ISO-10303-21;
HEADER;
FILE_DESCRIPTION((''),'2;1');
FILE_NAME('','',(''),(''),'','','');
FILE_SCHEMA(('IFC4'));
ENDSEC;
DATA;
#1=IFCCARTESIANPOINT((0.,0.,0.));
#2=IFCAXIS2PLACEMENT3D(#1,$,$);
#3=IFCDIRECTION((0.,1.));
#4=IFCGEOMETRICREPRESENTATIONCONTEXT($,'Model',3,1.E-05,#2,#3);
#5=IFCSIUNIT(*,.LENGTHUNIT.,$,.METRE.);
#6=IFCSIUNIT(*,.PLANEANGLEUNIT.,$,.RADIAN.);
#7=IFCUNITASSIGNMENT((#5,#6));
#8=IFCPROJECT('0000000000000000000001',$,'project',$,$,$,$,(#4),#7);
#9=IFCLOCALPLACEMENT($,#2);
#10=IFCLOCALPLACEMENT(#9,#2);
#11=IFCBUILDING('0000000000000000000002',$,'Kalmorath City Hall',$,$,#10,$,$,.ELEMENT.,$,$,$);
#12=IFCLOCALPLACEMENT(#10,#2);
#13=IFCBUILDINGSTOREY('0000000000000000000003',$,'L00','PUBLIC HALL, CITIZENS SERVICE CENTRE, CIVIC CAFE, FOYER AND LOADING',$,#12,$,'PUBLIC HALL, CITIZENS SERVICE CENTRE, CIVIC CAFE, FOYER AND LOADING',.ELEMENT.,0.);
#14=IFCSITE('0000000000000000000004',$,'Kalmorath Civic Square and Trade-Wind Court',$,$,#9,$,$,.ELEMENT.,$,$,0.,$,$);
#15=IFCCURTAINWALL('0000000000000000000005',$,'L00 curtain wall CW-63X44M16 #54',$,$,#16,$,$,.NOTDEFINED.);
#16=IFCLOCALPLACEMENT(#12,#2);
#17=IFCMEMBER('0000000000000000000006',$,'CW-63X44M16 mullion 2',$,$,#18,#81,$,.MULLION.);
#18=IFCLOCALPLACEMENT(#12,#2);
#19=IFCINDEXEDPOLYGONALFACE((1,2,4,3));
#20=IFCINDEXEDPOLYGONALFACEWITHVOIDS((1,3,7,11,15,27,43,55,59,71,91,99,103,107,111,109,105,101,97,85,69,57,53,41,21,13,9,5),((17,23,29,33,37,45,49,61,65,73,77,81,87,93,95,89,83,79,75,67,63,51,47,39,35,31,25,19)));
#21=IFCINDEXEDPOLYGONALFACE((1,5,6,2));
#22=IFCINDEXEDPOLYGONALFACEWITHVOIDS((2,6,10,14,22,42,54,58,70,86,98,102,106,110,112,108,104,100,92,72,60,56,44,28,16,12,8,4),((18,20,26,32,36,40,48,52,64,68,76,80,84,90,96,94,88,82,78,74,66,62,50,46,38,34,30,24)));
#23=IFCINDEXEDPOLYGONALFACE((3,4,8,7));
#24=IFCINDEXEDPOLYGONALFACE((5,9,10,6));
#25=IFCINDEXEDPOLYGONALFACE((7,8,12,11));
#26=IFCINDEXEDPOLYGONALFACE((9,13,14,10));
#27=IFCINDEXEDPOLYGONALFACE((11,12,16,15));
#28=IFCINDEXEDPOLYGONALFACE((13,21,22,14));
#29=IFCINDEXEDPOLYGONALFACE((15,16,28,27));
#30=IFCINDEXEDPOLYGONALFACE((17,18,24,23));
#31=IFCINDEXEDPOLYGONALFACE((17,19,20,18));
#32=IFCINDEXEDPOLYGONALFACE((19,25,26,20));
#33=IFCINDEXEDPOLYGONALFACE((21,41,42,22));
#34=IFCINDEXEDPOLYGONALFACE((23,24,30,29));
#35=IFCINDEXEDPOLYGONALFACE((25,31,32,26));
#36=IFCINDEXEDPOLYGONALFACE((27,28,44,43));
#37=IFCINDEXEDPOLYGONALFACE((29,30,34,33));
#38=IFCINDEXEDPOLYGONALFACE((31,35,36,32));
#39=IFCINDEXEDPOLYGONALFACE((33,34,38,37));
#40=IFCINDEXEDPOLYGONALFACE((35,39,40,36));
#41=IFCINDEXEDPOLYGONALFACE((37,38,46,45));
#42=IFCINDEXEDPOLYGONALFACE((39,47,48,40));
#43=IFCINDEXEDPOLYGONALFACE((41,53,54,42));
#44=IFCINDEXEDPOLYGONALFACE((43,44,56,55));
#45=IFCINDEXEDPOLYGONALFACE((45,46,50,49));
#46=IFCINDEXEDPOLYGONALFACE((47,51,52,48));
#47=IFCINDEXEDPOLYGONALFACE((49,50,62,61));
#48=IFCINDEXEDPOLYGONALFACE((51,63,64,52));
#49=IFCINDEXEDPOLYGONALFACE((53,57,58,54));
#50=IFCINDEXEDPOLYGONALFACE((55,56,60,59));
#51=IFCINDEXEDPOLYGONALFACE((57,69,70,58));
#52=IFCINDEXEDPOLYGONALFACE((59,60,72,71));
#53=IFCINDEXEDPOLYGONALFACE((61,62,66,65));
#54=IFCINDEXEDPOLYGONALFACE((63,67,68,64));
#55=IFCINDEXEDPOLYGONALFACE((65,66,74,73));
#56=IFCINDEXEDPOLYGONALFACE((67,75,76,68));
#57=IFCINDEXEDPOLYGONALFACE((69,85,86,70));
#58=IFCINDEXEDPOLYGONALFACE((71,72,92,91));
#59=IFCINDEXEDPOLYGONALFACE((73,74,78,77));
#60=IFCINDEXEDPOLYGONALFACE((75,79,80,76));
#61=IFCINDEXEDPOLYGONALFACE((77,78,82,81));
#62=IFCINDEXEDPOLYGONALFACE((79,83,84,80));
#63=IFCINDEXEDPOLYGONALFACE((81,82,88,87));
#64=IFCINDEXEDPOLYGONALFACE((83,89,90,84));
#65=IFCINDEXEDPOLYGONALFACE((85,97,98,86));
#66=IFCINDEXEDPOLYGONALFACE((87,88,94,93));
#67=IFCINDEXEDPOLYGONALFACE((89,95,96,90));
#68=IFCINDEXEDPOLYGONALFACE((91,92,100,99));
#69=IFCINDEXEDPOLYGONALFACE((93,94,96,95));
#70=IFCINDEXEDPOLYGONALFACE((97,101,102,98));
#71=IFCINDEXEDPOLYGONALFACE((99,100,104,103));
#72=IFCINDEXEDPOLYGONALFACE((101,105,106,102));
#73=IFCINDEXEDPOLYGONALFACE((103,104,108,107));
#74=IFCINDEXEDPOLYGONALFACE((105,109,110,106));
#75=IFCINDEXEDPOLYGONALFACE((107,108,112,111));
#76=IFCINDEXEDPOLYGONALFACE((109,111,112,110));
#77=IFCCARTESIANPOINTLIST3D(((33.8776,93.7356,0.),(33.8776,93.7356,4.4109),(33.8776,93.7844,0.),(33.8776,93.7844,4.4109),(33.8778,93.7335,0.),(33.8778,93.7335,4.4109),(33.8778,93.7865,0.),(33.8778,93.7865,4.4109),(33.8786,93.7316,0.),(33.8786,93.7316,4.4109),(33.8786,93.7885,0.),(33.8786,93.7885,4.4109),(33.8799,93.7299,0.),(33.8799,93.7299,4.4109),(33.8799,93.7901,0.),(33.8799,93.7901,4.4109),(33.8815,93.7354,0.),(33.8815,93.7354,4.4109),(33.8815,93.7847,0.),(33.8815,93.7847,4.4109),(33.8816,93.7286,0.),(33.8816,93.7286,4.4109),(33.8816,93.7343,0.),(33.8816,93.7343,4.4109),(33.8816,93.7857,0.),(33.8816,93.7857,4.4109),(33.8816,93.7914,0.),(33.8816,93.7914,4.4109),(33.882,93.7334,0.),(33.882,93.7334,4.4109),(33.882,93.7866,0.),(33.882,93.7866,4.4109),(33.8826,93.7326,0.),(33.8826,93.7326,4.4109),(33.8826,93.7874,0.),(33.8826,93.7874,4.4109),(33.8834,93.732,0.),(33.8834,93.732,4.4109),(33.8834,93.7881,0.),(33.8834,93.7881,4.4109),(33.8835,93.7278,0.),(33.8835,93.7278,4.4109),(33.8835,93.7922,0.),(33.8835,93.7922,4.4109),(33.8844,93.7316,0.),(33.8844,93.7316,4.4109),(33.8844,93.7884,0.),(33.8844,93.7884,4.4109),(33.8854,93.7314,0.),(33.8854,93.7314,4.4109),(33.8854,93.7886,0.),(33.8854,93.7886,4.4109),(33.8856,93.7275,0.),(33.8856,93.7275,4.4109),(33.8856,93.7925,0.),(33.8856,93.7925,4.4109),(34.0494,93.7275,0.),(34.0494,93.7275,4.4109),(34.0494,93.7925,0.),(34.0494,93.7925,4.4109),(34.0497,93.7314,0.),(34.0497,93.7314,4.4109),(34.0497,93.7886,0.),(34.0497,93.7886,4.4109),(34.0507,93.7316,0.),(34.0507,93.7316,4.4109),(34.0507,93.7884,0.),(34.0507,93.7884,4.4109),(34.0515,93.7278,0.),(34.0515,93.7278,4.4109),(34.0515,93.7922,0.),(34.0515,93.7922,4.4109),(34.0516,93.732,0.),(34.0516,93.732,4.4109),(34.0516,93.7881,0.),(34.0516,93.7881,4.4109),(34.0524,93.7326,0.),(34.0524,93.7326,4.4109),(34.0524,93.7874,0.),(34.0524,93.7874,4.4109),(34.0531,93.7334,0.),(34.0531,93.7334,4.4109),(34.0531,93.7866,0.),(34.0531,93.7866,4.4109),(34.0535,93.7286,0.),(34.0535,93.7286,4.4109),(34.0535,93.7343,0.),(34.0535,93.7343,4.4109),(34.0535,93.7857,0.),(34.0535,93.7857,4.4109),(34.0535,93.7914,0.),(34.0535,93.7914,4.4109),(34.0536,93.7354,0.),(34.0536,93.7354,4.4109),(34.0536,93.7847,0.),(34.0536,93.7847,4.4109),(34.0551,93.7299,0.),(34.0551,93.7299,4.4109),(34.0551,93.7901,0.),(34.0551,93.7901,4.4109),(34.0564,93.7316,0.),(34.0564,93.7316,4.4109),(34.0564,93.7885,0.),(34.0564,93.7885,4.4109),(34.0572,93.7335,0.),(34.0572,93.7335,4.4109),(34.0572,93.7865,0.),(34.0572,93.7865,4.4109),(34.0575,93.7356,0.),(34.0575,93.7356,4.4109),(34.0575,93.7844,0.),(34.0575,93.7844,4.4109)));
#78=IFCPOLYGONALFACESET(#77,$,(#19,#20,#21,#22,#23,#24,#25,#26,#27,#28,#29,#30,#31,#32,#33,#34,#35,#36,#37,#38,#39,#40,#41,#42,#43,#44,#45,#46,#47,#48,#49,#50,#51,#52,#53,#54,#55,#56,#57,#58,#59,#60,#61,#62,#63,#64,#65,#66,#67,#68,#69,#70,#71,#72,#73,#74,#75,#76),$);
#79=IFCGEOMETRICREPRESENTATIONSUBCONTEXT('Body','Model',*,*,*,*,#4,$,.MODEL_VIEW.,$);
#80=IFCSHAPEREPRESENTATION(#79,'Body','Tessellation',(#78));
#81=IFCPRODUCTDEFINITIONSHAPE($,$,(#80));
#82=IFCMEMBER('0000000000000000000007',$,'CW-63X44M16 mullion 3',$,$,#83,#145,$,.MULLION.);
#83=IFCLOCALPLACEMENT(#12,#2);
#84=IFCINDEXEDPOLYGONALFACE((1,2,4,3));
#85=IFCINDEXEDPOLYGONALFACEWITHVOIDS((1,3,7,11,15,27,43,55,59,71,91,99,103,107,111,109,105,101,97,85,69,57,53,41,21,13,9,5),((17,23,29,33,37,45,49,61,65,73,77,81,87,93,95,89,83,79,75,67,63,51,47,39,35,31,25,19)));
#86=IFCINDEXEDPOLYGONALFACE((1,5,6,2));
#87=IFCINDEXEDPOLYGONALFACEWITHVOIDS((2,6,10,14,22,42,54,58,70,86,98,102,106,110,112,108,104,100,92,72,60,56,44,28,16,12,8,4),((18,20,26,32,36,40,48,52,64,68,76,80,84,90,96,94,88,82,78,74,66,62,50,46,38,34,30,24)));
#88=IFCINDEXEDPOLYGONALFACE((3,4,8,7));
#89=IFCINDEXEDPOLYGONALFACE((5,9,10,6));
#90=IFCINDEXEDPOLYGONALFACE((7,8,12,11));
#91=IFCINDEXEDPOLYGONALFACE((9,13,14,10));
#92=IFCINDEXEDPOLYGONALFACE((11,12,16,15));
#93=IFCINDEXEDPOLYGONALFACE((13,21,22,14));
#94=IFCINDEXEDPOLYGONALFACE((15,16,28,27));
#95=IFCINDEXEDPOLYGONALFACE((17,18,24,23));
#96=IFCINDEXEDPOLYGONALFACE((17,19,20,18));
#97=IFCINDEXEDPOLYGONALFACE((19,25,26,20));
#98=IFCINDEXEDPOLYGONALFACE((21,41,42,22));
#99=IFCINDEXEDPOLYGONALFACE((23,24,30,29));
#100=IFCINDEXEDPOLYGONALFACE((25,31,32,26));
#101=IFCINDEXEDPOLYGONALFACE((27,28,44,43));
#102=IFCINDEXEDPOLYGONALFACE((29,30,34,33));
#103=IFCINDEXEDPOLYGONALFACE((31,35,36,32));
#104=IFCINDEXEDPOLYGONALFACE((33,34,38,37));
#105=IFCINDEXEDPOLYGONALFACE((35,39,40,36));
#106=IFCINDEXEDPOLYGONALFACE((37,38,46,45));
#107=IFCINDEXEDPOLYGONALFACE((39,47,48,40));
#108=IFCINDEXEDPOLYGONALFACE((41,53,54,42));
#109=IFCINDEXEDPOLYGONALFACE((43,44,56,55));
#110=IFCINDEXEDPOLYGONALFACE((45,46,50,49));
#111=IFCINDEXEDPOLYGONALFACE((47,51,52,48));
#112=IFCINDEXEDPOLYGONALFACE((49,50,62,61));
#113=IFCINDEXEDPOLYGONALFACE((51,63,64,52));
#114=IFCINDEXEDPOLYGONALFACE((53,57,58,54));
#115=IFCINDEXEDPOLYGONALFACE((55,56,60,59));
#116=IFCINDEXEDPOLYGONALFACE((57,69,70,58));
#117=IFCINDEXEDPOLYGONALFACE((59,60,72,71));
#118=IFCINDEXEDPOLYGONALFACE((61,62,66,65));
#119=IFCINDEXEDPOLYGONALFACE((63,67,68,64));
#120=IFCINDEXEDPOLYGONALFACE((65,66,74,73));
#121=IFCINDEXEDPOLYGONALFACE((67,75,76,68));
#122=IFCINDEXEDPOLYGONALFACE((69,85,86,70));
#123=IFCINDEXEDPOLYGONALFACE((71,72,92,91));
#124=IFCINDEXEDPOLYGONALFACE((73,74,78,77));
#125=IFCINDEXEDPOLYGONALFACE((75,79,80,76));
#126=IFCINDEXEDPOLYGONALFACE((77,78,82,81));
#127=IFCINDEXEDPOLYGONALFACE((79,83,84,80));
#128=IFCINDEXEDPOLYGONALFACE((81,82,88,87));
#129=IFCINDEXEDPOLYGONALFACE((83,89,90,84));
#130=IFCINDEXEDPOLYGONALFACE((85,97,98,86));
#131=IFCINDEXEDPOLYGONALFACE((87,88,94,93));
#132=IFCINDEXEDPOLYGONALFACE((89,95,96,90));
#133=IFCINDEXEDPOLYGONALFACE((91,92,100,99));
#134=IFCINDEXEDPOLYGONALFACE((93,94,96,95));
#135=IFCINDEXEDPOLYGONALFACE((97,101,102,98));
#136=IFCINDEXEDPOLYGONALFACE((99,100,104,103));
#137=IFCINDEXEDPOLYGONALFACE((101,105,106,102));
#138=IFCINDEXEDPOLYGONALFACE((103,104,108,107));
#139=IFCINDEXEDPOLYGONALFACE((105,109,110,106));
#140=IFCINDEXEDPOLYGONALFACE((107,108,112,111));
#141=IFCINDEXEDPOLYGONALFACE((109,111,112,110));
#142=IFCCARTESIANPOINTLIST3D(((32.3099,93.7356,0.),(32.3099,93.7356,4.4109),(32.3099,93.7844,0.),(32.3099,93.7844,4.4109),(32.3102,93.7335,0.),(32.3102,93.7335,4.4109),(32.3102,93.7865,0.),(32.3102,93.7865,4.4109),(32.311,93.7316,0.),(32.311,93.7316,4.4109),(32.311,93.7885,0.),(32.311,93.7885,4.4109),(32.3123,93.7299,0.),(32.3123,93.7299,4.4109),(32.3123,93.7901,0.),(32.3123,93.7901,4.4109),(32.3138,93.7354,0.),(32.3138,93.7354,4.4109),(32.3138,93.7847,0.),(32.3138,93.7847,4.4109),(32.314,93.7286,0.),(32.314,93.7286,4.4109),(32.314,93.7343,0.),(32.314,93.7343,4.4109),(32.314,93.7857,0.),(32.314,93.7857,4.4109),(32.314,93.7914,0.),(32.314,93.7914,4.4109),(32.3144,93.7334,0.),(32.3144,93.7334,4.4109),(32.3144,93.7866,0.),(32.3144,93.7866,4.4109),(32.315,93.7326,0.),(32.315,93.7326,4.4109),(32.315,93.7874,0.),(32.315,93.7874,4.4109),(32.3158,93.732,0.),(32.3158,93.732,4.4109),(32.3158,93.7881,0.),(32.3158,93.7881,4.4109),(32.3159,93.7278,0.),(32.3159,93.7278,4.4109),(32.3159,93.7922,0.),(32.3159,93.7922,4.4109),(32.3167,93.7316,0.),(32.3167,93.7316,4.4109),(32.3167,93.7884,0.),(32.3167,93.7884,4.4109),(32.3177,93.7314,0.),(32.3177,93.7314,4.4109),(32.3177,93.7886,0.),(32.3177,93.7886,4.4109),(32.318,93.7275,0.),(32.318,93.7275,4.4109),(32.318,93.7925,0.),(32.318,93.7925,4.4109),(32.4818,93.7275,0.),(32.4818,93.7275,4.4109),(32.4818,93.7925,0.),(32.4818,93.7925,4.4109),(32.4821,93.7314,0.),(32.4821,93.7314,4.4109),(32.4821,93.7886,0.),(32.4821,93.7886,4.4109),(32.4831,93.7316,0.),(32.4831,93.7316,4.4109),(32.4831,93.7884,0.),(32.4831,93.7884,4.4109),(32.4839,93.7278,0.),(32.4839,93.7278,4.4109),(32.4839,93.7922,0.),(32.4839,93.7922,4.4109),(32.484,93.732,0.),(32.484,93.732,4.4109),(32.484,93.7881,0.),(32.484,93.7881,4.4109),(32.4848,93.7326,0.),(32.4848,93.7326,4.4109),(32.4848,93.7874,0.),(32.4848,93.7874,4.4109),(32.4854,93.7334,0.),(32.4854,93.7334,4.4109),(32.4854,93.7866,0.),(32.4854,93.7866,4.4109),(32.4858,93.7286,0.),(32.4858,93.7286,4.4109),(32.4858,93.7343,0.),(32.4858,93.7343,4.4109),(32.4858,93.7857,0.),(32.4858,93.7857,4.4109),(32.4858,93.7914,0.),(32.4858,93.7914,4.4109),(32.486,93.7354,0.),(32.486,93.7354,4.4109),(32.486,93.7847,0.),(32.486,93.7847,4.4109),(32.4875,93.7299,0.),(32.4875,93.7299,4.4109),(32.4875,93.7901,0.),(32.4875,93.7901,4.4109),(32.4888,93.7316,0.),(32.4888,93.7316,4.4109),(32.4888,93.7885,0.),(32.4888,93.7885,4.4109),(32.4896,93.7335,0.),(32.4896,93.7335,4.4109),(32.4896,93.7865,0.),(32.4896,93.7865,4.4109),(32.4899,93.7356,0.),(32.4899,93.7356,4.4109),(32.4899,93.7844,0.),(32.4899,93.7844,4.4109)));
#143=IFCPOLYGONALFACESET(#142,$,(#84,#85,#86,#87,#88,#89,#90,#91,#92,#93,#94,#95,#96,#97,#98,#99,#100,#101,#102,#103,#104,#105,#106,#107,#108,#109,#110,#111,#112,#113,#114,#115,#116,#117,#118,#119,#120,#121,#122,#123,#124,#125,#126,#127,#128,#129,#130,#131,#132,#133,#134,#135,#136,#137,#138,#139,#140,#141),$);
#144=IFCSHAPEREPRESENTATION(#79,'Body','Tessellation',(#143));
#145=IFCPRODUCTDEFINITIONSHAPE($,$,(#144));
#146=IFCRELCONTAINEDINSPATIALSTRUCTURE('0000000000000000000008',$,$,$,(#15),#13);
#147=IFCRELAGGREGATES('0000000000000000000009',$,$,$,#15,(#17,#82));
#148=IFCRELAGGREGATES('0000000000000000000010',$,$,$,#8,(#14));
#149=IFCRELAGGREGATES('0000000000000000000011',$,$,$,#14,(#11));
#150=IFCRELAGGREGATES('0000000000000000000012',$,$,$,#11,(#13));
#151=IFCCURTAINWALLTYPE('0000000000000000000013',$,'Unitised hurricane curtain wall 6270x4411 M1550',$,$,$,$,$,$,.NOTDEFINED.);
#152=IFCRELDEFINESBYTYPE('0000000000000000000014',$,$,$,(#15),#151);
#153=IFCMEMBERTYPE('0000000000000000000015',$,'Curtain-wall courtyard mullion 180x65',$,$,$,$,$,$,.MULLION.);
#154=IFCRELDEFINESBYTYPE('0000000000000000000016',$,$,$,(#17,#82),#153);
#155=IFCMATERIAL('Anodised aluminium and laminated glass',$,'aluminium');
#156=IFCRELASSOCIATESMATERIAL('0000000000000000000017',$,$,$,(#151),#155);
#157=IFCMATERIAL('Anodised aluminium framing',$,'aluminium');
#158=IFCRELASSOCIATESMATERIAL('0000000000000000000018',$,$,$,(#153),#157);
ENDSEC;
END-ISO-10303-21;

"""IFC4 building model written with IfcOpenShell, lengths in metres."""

from ifc_helpers import new_model, si_unit, direction, frame, origin, origin_2d, place, context, subcontext, project, spatial, hollow_rectangle, extrude, material, material_profile, profile_set, type_object, element, aggregate, save


model = new_model("IFC4")

# Units and contexts
model_context = context("Model", 3, precision=1e-05, world=origin(), true_north=direction((0.0, 1.0)))
body_context = subcontext(model_context, "Body", "Model", "MODEL_VIEW")
ifc_project = project(units=[si_unit("LENGTHUNIT", "METRE"), si_unit("PLANEANGLEUNIT", "RADIAN")], contexts=[model_context])

# Site, building, storey
site_placement = place(None, origin())
site = spatial("IfcSite", under=ifc_project, at=site_placement, Name="Kalmorath Civic Square and Trade-Wind Court", CompositionType="ELEMENT", RefElevation=0.0)
building_placement = place(site_placement, origin())
building = spatial("IfcBuilding", under=site, at=building_placement, Name="Kalmorath City Hall", CompositionType="ELEMENT")
storey_placement = place(building_placement, origin())
storey = spatial("IfcBuildingStorey", under=building, at=storey_placement, Name="L00", Description="PUBLIC HALL, CITIZENS SERVICE CENTRE, CIVIC CAFE, FOYER AND LOADING", LongName="PUBLIC HALL, CITIZENS SERVICE CENTRE, CIVIC CAFE, FOYER AND LOADING", CompositionType="ELEMENT", Elevation=0.0)

# Shared definitions
ifc_material_1 = material(Name="Anodised aluminium and laminated glass", Category="aluminium")
curtain_wall_type = type_object("IfcCurtainWallType", Name="Unitised hurricane curtain wall 6270x4411 M1550", PredefinedType="NOTDEFINED", material=ifc_material_1)
ifc_material_2 = material(Name="Anodised aluminium framing", Category="aluminium")
ifc_material_profile_1 = material_profile(ifc_material_2, hollow_rectangle(XDim=0.0649, YDim=0.1799, WallThickness=0.0039, InnerFilletRadius=0.0039, OuterFilletRadius=0.0081, at=origin_2d()), Name="ALU-MUL-180X65X4")
ifc_profile_set_1 = profile_set([ifc_material_profile_1], Name="Anodised aluminium framing")
member_type_1 = type_object("IfcMemberType", Name="Curtain-wall courtyard mullion 180x65", PredefinedType="MULLION", material=ifc_profile_set_1)

# Curtain wall, members
curtain_wall_1_placement = place(storey_placement, origin())
curtain_wall_1 = element("IfcCurtainWall", 1, at=curtain_wall_1_placement, inside=storey, type_object=curtain_wall_type, Name="L00 curtain wall CW-63X44M16 #54", PredefinedType="NOTDEFINED")
member_1_placement = place(storey_placement, frame((33.9675, 93.76, 0.0), z_axis=(0.0, 0.0, 1.0), x_axis=(0.0, -1.0, 0.0)))
member_1 = element("IfcMember", 2, at=member_1_placement, type_object=member_type_1, Name="CW-63X44M16 mullion 2", PredefinedType="MULLION", context=body_context, shape_type="SweptSolid", body=[
    extrude(hollow_rectangle(XDim=0.0649, YDim=0.1799, WallThickness=0.0039, InnerFilletRadius=0.0039, OuterFilletRadius=0.0081, at=origin_2d()), origin(), (0.0, 0.0, 1.0), 4.4109),
])
member_2_placement = place(storey_placement, frame((32.3999, 93.76, 0.0), z_axis=(0.0, 0.0, 1.0), x_axis=(0.0, -1.0, 0.0)))
member_2 = element("IfcMember", 3, at=member_2_placement, type_object=member_type_1, Name="CW-63X44M16 mullion 3", PredefinedType="MULLION", context=body_context, shape_type="SweptSolid", body=[
    extrude(hollow_rectangle(XDim=0.0649, YDim=0.1799, WallThickness=0.0039, InnerFilletRadius=0.0039, OuterFilletRadius=0.0081, at=origin_2d()), origin(), (0.0, 0.0, 1.0), 4.4109),
])

aggregate(curtain_wall_1, [member_1, member_2])

save(model, "model.ifc")
